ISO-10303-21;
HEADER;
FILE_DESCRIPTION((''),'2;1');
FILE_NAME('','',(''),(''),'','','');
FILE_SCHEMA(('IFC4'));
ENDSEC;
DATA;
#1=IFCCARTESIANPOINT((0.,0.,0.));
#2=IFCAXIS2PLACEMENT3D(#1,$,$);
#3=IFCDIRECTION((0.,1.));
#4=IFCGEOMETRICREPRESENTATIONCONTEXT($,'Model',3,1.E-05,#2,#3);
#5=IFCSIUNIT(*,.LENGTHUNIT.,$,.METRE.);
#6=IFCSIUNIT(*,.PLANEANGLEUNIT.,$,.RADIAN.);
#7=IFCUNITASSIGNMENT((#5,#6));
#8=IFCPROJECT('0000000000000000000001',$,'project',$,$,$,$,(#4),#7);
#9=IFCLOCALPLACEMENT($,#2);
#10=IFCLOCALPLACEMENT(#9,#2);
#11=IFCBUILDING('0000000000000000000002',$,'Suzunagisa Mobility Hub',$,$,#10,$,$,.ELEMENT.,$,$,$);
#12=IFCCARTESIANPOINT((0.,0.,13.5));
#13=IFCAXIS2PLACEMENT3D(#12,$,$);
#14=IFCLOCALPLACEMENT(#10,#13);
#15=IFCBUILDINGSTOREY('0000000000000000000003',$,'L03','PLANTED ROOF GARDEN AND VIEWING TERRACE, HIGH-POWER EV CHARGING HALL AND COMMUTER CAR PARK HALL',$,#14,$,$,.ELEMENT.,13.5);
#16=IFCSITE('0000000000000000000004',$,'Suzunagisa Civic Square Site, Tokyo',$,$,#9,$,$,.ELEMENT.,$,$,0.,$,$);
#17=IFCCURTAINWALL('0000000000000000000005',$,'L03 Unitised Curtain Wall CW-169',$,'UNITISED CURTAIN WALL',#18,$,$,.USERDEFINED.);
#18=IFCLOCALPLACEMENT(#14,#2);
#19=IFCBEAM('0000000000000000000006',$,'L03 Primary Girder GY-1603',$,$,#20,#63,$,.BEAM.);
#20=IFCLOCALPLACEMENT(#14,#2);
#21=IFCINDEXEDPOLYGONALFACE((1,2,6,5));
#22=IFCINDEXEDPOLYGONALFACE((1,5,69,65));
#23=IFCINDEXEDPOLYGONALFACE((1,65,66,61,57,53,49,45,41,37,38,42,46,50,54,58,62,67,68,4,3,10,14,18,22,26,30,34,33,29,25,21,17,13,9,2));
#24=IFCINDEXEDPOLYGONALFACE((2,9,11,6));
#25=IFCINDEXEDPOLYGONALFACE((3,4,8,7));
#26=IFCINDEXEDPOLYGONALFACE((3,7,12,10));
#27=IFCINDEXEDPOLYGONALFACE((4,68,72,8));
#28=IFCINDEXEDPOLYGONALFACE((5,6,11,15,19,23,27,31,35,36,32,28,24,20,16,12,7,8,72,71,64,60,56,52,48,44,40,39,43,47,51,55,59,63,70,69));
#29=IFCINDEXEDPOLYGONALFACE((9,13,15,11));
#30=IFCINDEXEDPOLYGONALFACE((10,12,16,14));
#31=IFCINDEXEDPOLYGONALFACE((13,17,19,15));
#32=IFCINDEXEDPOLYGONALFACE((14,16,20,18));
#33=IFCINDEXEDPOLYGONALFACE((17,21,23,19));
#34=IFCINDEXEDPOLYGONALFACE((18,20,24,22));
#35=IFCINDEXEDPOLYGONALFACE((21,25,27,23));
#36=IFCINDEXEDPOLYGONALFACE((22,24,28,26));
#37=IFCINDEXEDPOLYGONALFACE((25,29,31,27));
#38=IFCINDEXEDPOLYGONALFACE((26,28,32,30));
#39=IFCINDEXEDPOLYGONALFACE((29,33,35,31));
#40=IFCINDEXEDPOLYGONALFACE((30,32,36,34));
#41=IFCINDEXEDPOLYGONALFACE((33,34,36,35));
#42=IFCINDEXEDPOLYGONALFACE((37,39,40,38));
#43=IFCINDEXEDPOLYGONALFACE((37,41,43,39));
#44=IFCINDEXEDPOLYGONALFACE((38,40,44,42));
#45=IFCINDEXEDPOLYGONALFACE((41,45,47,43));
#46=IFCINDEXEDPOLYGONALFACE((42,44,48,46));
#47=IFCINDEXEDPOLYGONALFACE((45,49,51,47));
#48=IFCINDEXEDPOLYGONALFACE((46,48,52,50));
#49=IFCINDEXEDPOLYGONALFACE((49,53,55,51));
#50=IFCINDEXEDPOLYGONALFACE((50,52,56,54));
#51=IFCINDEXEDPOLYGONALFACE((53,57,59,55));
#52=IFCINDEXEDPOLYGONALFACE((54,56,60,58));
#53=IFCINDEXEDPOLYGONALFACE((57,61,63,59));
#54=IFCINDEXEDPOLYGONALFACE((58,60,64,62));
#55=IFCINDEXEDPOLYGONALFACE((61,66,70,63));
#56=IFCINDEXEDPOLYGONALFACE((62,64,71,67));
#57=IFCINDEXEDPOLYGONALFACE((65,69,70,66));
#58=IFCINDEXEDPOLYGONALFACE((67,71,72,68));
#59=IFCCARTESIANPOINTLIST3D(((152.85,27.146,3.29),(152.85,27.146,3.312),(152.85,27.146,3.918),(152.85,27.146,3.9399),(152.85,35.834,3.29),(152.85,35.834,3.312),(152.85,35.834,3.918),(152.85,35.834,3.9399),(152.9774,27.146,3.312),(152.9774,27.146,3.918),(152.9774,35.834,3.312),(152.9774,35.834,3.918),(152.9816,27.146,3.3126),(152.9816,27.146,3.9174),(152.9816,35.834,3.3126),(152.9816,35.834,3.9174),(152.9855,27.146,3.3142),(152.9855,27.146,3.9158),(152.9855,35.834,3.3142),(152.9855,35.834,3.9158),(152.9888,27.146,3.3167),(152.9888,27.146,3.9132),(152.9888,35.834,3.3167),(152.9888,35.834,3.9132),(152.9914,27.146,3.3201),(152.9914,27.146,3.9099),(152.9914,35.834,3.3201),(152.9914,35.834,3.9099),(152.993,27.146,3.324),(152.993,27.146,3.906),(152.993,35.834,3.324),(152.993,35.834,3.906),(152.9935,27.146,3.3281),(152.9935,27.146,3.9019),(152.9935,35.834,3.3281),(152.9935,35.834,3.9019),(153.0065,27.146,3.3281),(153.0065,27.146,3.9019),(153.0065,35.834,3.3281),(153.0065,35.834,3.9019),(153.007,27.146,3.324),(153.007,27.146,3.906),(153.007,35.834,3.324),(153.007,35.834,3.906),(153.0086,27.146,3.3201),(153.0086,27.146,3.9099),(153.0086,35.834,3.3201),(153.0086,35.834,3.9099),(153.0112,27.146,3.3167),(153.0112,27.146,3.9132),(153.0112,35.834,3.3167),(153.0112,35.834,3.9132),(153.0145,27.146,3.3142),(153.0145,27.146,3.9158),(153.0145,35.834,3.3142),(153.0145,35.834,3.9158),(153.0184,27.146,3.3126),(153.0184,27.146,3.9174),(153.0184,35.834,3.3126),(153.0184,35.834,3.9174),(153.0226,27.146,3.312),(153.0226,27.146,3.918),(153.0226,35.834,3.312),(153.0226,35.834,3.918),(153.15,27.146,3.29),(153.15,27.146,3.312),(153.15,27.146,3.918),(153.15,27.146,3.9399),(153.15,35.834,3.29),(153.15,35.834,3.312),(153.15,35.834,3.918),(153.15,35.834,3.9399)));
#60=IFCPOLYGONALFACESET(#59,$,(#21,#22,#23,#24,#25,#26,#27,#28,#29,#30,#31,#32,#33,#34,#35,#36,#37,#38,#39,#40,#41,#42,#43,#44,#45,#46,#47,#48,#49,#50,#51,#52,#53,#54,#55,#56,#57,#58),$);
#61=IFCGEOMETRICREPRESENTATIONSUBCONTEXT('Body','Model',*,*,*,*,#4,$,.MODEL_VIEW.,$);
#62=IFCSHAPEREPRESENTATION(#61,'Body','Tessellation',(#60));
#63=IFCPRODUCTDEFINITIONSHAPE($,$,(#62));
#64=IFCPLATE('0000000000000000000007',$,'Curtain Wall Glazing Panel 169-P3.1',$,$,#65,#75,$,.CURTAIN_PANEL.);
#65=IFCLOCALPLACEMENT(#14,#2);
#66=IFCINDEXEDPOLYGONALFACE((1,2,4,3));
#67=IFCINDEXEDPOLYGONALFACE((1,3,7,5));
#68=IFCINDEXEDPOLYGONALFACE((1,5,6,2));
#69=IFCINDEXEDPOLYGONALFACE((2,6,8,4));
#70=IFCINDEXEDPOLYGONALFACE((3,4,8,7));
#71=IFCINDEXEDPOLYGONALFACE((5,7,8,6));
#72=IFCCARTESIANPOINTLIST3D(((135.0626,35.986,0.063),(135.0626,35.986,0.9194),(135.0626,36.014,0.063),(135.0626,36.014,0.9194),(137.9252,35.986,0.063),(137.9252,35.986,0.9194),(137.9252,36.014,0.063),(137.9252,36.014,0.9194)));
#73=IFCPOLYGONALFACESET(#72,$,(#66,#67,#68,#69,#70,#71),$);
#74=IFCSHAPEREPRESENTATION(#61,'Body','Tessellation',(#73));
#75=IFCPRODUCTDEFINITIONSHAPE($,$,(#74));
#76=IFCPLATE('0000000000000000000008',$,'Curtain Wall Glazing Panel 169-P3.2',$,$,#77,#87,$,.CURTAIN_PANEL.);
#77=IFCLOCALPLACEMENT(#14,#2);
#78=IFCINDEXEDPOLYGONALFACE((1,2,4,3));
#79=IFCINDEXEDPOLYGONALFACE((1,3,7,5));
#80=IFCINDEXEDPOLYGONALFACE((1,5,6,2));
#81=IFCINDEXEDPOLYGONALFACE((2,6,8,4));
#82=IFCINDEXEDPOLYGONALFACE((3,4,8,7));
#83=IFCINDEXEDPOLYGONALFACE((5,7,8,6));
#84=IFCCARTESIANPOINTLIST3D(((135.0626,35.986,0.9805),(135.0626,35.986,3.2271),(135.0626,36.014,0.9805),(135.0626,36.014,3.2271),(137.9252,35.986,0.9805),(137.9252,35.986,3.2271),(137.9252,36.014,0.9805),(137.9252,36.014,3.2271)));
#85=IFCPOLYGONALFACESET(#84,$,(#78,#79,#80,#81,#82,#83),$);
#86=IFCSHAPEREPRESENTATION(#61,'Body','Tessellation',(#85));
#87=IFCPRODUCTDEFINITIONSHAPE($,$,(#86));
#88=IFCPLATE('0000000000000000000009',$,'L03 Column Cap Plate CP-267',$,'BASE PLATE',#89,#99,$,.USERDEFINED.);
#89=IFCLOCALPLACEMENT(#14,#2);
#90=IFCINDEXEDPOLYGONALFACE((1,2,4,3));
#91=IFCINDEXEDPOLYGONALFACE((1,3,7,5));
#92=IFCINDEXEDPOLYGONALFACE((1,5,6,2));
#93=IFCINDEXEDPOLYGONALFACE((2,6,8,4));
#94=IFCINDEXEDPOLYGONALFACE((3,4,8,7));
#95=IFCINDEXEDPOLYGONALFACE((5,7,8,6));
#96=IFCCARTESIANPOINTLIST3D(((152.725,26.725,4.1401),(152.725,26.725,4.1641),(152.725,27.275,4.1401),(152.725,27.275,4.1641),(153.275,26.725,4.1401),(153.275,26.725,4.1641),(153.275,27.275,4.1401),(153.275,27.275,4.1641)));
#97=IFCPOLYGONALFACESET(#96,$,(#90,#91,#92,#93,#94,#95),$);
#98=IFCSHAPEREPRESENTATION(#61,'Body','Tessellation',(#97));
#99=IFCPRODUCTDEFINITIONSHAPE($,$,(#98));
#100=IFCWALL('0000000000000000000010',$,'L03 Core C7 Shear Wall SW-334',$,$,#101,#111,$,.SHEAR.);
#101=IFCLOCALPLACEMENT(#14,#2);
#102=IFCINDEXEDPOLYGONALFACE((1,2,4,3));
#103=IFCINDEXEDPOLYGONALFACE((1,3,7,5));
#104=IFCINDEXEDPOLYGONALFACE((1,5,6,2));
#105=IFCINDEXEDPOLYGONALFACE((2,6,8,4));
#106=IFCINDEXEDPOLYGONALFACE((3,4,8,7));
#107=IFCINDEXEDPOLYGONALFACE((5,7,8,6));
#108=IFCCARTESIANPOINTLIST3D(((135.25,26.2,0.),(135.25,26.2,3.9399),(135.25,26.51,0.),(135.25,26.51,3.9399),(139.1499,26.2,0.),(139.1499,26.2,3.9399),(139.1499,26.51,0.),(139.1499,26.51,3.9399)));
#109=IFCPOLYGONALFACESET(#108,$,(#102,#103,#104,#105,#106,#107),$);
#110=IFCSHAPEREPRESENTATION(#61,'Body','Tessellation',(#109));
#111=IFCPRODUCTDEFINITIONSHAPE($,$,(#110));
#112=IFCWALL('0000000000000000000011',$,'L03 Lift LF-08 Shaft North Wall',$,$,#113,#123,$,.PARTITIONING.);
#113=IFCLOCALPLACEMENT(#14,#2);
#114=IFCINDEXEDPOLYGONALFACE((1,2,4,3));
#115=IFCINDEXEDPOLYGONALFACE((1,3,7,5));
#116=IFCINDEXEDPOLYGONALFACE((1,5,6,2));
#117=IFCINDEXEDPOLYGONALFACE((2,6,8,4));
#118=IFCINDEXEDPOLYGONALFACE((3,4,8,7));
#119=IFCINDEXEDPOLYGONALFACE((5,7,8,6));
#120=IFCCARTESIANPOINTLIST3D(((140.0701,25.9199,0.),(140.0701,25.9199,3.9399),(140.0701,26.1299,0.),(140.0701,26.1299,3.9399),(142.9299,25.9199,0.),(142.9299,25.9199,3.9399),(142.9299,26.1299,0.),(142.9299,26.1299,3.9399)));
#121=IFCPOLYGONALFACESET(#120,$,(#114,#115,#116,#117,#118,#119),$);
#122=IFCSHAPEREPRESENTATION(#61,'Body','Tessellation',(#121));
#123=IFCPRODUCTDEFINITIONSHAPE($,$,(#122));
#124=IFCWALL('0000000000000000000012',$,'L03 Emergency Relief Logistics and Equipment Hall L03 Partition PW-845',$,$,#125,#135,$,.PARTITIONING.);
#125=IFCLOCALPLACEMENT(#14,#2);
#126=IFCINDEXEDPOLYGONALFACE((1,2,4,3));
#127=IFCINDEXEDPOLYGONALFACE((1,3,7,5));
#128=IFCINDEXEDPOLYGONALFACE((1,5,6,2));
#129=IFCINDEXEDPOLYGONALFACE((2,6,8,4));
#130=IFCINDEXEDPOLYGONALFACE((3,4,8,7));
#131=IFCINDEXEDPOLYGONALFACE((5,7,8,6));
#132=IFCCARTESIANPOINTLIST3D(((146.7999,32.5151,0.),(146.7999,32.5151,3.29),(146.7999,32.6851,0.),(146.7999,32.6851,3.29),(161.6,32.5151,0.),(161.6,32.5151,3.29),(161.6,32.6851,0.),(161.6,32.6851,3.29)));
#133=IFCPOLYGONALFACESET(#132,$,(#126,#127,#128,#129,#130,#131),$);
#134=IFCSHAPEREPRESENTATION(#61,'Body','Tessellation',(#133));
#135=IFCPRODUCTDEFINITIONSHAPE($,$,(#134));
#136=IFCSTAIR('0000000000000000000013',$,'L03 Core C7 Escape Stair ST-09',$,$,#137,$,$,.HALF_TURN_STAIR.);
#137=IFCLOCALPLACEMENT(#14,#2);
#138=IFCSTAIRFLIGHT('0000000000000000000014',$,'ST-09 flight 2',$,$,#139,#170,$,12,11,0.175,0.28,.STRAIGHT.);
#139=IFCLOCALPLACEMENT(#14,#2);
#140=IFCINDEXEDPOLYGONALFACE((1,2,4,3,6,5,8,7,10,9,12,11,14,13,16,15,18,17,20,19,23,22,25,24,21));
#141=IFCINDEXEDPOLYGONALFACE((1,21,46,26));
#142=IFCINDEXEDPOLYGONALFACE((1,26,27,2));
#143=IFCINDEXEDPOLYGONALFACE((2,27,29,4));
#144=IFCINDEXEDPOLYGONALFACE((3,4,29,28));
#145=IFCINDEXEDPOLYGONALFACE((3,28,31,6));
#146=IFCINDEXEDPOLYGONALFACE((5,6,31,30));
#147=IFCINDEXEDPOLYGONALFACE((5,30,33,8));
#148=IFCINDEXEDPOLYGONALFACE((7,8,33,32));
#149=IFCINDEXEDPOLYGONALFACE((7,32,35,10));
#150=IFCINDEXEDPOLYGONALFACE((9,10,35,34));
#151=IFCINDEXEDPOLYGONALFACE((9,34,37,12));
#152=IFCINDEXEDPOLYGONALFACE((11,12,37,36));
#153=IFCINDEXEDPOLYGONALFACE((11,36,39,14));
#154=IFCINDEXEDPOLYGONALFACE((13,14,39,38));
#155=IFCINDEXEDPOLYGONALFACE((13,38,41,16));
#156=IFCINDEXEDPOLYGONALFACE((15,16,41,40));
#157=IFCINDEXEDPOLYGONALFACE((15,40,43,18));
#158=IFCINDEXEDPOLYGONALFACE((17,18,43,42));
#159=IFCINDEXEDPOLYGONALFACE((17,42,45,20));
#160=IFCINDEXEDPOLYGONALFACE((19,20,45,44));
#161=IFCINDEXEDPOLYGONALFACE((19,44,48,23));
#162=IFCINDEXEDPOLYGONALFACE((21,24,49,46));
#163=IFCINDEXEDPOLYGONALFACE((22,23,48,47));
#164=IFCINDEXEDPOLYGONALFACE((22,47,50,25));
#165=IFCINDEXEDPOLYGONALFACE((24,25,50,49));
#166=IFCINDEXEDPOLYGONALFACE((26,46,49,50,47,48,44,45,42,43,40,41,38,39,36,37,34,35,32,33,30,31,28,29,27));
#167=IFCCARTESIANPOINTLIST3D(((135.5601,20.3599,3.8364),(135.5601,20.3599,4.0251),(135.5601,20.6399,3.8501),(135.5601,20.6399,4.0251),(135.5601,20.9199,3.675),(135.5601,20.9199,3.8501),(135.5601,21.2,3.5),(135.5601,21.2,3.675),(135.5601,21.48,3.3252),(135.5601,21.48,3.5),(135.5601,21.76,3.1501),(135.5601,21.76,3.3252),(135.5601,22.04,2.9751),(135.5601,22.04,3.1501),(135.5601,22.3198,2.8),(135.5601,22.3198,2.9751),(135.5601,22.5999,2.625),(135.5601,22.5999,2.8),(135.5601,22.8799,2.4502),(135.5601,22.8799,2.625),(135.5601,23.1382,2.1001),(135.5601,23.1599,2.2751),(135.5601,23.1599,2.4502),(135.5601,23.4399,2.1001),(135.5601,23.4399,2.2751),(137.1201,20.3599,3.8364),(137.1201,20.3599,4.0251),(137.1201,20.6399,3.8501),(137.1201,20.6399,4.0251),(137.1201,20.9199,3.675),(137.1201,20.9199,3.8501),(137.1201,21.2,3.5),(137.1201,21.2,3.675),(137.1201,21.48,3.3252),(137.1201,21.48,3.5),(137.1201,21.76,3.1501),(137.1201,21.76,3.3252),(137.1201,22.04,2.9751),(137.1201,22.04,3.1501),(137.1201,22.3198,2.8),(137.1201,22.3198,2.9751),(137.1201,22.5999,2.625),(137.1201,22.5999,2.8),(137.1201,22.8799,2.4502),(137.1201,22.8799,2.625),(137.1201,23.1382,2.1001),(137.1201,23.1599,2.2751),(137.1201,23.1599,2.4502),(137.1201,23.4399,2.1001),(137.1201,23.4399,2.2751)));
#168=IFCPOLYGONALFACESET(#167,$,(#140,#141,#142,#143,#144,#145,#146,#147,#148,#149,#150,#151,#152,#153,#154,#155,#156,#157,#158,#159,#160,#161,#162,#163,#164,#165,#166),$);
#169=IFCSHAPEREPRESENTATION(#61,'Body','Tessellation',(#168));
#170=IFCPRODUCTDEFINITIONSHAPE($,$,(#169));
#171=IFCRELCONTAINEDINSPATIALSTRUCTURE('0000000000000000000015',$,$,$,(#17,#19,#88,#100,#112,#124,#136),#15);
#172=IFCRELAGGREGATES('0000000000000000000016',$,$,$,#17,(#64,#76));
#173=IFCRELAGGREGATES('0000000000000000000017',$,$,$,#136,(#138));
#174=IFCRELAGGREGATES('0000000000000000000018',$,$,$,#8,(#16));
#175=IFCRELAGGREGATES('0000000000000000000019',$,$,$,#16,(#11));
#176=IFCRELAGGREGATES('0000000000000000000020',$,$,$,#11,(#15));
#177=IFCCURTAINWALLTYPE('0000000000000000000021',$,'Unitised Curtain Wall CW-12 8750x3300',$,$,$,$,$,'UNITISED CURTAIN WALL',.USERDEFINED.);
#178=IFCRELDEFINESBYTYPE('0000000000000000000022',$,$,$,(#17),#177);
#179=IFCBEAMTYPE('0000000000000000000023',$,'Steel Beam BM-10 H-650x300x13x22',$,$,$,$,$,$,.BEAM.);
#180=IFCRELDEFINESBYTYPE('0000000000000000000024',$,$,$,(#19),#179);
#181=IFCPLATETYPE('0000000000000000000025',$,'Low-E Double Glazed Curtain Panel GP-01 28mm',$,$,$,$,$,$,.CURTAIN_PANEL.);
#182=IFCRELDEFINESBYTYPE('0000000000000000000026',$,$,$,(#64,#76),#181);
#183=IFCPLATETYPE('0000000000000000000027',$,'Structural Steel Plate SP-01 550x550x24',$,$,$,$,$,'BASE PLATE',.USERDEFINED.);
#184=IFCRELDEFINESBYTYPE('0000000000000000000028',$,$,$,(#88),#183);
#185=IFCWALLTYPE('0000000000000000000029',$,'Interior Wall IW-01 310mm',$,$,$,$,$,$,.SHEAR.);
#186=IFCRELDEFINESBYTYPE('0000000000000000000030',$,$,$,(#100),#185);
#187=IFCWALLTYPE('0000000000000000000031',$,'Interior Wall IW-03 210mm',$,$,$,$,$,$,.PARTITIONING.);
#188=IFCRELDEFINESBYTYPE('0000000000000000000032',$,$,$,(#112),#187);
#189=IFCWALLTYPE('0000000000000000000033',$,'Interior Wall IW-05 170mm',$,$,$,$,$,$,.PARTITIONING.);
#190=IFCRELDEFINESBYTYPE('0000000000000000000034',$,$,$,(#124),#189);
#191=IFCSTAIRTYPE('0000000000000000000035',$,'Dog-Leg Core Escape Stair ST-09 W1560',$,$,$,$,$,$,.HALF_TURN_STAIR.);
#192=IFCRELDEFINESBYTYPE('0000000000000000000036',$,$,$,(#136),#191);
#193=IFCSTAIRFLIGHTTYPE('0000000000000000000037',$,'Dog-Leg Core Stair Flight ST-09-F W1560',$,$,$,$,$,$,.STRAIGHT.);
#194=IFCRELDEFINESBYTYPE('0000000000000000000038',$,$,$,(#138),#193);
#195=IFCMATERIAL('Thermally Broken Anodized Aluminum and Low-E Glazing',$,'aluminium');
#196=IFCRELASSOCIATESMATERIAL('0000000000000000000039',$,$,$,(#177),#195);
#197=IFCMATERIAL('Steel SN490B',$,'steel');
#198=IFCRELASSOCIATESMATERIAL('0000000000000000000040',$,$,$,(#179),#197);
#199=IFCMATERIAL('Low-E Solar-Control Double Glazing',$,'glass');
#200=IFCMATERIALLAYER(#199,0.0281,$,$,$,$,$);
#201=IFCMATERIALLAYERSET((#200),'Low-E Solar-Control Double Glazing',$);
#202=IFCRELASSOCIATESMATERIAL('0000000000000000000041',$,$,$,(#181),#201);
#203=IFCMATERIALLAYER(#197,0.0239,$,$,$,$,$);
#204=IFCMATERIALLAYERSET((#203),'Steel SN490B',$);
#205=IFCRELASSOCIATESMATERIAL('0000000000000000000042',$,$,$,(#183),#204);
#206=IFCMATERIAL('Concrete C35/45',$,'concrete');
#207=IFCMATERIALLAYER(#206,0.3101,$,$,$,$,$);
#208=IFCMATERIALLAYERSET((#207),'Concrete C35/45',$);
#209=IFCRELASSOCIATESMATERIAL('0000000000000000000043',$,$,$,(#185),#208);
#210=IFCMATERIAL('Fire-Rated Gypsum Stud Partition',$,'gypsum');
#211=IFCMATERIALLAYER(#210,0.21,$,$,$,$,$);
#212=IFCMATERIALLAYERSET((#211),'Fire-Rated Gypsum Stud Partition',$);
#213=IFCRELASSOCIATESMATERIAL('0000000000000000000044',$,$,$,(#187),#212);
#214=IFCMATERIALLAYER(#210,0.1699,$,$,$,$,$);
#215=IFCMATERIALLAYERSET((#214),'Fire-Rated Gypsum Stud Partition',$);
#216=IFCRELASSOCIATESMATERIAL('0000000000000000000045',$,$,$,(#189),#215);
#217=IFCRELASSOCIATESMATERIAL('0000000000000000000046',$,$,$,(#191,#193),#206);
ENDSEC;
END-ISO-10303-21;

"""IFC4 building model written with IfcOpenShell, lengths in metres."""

from ifc_helpers import new_model, si_unit, direction, frame, frame_2d, origin, origin_2d, place, context, subcontext, project, spatial, polyline, rectangle, i_section, outline, extrude, material, layer, layer_set, material_profile, profile_set, type_object, element, aggregate, save


model = new_model("IFC4")

# Units and contexts
model_context = context("Model", 3, precision=1e-05, world=origin(), true_north=direction((0.0, 1.0)))
body_context = subcontext(model_context, "Body", "Model", "MODEL_VIEW")
ifc_project = project(units=[si_unit("LENGTHUNIT", "METRE"), si_unit("PLANEANGLEUNIT", "RADIAN")], contexts=[model_context])

# Site, building, storey
site_placement = place(None, origin())
site = spatial("IfcSite", under=ifc_project, at=site_placement, Name="Suzunagisa Civic Square Site, Tokyo", CompositionType="ELEMENT", RefElevation=0.0)
building_placement = place(site_placement, origin())
building = spatial("IfcBuilding", under=site, at=building_placement, Name="Suzunagisa Mobility Hub", CompositionType="ELEMENT")
storey_placement = place(building_placement, frame((0.0, 0.0, 13.5)))
storey = spatial("IfcBuildingStorey", under=building, at=storey_placement, Name="L03", Description="PLANTED ROOF GARDEN AND VIEWING TERRACE, HIGH-POWER EV CHARGING HALL AND COMMUTER CAR PARK HALL", CompositionType="ELEMENT", Elevation=13.5)

# Shared definitions
ifc_material_1 = material(Name="Steel SN490B", Category="steel")

# Curtain wall
ifc_material_2 = material(Name="Thermally Broken Anodized Aluminum and Low-E Glazing", Category="aluminium")
curtain_wall_type = type_object("IfcCurtainWallType", Name="Unitised Curtain Wall CW-12 8750x3300", ElementType="UNITISED CURTAIN WALL", PredefinedType="USERDEFINED", material=ifc_material_2)
curtain_wall_placement = place(storey_placement, origin())
curtain_wall = element("IfcCurtainWall", 1, at=curtain_wall_placement, inside=storey, type_object=curtain_wall_type, Name="L03 Unitised Curtain Wall CW-169", ObjectType="UNITISED CURTAIN WALL", PredefinedType="USERDEFINED")

# Beam
ifc_material_profile_1 = material_profile(ifc_material_1, i_section(OverallWidth=0.3, OverallDepth=0.6499, WebThickness=0.0129, FlangeThickness=0.022, FilletRadius=0.0161, at=origin_2d()), Name="H-650x300x13x22")
ifc_profile_set_1 = profile_set([ifc_material_profile_1], Name="Steel SN490B")
beam_type_1 = type_object("IfcBeamType", Name="Steel Beam BM-10 H-650x300x13x22", PredefinedType="BEAM", material=ifc_profile_set_1)
for number, where, z_axis, x_axis, name in (
    (2, (153.0, 27.146, 3.615), (0.0, 1.0, 0.0), (-1.0, 0.0, 0.0), "L03 Primary Girder GY-1603"),
):
    element("IfcBeam", number, at=place(storey_placement, frame(where, z_axis=z_axis, x_axis=x_axis)), inside=storey, type_object=beam_type_1, Name=name, PredefinedType="BEAM", context=body_context, shape_type="SweptSolid", body=[
        extrude(i_section(OverallWidth=0.3, OverallDepth=0.6499, WebThickness=0.0129, FlangeThickness=0.022, FilletRadius=0.0161, at=origin_2d()), origin(), (0.0, 0.0, 1.0), 8.688),
    ])

# Plates
ifc_material_3 = material(Name="Low-E Solar-Control Double Glazing", Category="glass")
ifc_layer_1 = layer(ifc_material_3, 0.0281)
ifc_layer_set_1 = layer_set([ifc_layer_1], Name="Low-E Solar-Control Double Glazing")
plate_type_1 = type_object("IfcPlateType", Name="Low-E Double Glazed Curtain Panel GP-01 28mm", PredefinedType="CURTAIN_PANEL", material=ifc_layer_set_1)
plate_1_placement = place(storey_placement, frame((136.4939, 36.0, 0.063), z_axis=(0.0, 0.0, 1.0), x_axis=(-1.0, 0.0, 0.0)))
plate_1 = element("IfcPlate", 3, at=plate_1_placement, type_object=plate_type_1, Name="Curtain Wall Glazing Panel 169-P3.1", PredefinedType="CURTAIN_PANEL", context=body_context, shape_type="SweptSolid", body=[
    extrude(rectangle(XDim=2.8625, YDim=0.0281, at=origin_2d()), origin(), (0.0, 0.0, 1.0), 0.8564),
])
plate_2_placement = place(storey_placement, frame((136.4939, 36.0, 0.9805), z_axis=(0.0, 0.0, 1.0), x_axis=(-1.0, 0.0, 0.0)))
plate_2 = element("IfcPlate", 4, at=plate_2_placement, type_object=plate_type_1, Name="Curtain Wall Glazing Panel 169-P3.2", PredefinedType="CURTAIN_PANEL", context=body_context, shape_type="SweptSolid", body=[
    extrude(rectangle(XDim=2.8625, YDim=0.0281, at=origin_2d()), origin(), (0.0, 0.0, 1.0), 2.2466),
])
aggregate(curtain_wall, [plate_1, plate_2])
ifc_layer_2 = layer(ifc_material_1, 0.0239)
ifc_layer_set_2 = layer_set([ifc_layer_2], Name="Steel SN490B")
plate_type_2 = type_object("IfcPlateType", Name="Structural Steel Plate SP-01 550x550x24", ElementType="BASE PLATE", PredefinedType="USERDEFINED", material=ifc_layer_set_2)
plate_3_placement = place(storey_placement, frame((153.0, 27.0, 4.1401), z_axis=(0.0, 0.0, 1.0), x_axis=(1.0, 0.0, 0.0)))
element("IfcPlate", 5, at=plate_3_placement, inside=storey, type_object=plate_type_2, Name="L03 Column Cap Plate CP-267", ObjectType="BASE PLATE", PredefinedType="USERDEFINED", context=body_context, shape_type="SweptSolid", body=[
    extrude(rectangle(XDim=0.55, YDim=0.55, at=origin_2d()), origin(), (0.0, 0.0, 1.0), 0.0239),
])

# Walls
ifc_material_4 = material(Name="Concrete C35/45", Category="concrete")
ifc_layer_3 = layer(ifc_material_4, 0.3101)
ifc_layer_set_3 = layer_set([ifc_layer_3], Name="Concrete C35/45")
wall_type_1 = type_object("IfcWallType", Name="Interior Wall IW-01 310mm", PredefinedType="SHEAR", material=ifc_layer_set_3)
wall_1_placement = place(storey_placement, frame((135.25, 26.355, 0.0), z_axis=(0.0, 0.0, 1.0), x_axis=(1.0, 0.0, 0.0)))
element("IfcWall", 6, at=wall_1_placement, inside=storey, type_object=wall_type_1, Name="L03 Core C7 Shear Wall SW-334", PredefinedType="SHEAR", context=body_context, shape_type="SweptSolid", body=[
    extrude(rectangle(XDim=3.8999, YDim=0.3101, at=frame_2d((1.95, 0.0))), origin(), (0.0, 0.0, 1.0), 3.9399),
])
ifc_material_5 = material(Name="Fire-Rated Gypsum Stud Partition", Category="gypsum")
ifc_layer_4 = layer(ifc_material_5, 0.21)
ifc_layer_set_4 = layer_set([ifc_layer_4], Name="Fire-Rated Gypsum Stud Partition")
wall_type_2 = type_object("IfcWallType", Name="Interior Wall IW-03 210mm", PredefinedType="PARTITIONING", material=ifc_layer_set_4)
wall_2_placement = place(storey_placement, frame((140.0701, 26.0249, 0.0), z_axis=(0.0, 0.0, 1.0), x_axis=(1.0, 0.0, 0.0)))
element("IfcWall", 7, at=wall_2_placement, inside=storey, type_object=wall_type_2, Name="L03 Lift LF-08 Shaft North Wall", PredefinedType="PARTITIONING", context=body_context, shape_type="SweptSolid", body=[
    extrude(rectangle(XDim=2.8599, YDim=0.21, at=frame_2d((1.4299, 0.0))), origin(), (0.0, 0.0, 1.0), 3.9399),
])
ifc_layer_5 = layer(ifc_material_5, 0.1699)
ifc_layer_set_5 = layer_set([ifc_layer_5], Name="Fire-Rated Gypsum Stud Partition")
wall_type_3 = type_object("IfcWallType", Name="Interior Wall IW-05 170mm", PredefinedType="PARTITIONING", material=ifc_layer_set_5)
wall_3_placement = place(storey_placement, frame((146.8, 32.6001, 0.0), z_axis=(0.0, 0.0, 1.0), x_axis=(1.0, 0.0, 0.0)))
element("IfcWall", 8, at=wall_3_placement, inside=storey, type_object=wall_type_3, Name="L03 Emergency Relief Logistics and Equipment Hall L03 Partition PW-845", PredefinedType="PARTITIONING", context=body_context, shape_type="SweptSolid", body=[
    extrude(rectangle(XDim=14.8, YDim=0.1699, at=frame_2d((7.3999, 0.0))), origin(), (0.0, 0.0, 1.0), 3.29),
])

# Stair, stair flight
stair_type = type_object("IfcStairType", Name="Dog-Leg Core Escape Stair ST-09 W1560", PredefinedType="HALF_TURN_STAIR", material=ifc_material_4)
stair_placement = place(storey_placement, origin())
stair = element("IfcStair", 9, at=stair_placement, inside=storey, type_object=stair_type, Name="L03 Core C7 Escape Stair ST-09", PredefinedType="HALF_TURN_STAIR")
stair_flight_type = type_object("IfcStairFlightType", Name="Dog-Leg Core Stair Flight ST-09-F W1560", PredefinedType="STRAIGHT", material=ifc_material_4)
stair_flight_placement = place(storey_placement, frame((136.3401, 23.4399, 2.1001), z_axis=(0.0, 0.0, 1.0), x_axis=(0.0, -1.0, 0.0)))
stair_flight = element("IfcStairFlight", 10, at=stair_flight_placement, type_object=stair_flight_type, Name="ST-09 flight 2", NumberOfRisers=12, NumberOfTreads=11, PredefinedType="STRAIGHT", RiserHeight=0.175, TreadLength=0.28, context=body_context, shape_type="SweptSolid", body=[
    extrude(outline(polyline([(0.0, 0.0), (0.0, 0.175), (0.28, 0.175), (0.28, 0.3501), (0.5601, 0.3501), (0.5601, 0.5249), (0.8401, 0.5249), (0.8401, 0.7), (1.1201, 0.7), (1.1201, 0.875), (1.3999, 0.875), (1.3999, 1.05), (1.6799, 1.05), (1.6799, 1.2251), (1.96, 1.2251), (1.96, 1.3999), (2.24, 1.3999), (2.24, 1.575), (2.52, 1.575), (2.52, 1.75), (2.8, 1.75), (2.8, 1.925), (3.0801, 1.925), (3.0801, 2.1001), (3.0801, 1.7363), (0.3018, 0.0), (0.0, 0.0)])), frame((0.0, 0.78, 0.0), z_axis=(0.0, -1.0, 0.0), x_axis=(1.0, 0.0, 0.0)), (0.0, 0.0, 1.0), 1.5601),
])
aggregate(stair, [stair_flight])

save(model, "model.ifc")
